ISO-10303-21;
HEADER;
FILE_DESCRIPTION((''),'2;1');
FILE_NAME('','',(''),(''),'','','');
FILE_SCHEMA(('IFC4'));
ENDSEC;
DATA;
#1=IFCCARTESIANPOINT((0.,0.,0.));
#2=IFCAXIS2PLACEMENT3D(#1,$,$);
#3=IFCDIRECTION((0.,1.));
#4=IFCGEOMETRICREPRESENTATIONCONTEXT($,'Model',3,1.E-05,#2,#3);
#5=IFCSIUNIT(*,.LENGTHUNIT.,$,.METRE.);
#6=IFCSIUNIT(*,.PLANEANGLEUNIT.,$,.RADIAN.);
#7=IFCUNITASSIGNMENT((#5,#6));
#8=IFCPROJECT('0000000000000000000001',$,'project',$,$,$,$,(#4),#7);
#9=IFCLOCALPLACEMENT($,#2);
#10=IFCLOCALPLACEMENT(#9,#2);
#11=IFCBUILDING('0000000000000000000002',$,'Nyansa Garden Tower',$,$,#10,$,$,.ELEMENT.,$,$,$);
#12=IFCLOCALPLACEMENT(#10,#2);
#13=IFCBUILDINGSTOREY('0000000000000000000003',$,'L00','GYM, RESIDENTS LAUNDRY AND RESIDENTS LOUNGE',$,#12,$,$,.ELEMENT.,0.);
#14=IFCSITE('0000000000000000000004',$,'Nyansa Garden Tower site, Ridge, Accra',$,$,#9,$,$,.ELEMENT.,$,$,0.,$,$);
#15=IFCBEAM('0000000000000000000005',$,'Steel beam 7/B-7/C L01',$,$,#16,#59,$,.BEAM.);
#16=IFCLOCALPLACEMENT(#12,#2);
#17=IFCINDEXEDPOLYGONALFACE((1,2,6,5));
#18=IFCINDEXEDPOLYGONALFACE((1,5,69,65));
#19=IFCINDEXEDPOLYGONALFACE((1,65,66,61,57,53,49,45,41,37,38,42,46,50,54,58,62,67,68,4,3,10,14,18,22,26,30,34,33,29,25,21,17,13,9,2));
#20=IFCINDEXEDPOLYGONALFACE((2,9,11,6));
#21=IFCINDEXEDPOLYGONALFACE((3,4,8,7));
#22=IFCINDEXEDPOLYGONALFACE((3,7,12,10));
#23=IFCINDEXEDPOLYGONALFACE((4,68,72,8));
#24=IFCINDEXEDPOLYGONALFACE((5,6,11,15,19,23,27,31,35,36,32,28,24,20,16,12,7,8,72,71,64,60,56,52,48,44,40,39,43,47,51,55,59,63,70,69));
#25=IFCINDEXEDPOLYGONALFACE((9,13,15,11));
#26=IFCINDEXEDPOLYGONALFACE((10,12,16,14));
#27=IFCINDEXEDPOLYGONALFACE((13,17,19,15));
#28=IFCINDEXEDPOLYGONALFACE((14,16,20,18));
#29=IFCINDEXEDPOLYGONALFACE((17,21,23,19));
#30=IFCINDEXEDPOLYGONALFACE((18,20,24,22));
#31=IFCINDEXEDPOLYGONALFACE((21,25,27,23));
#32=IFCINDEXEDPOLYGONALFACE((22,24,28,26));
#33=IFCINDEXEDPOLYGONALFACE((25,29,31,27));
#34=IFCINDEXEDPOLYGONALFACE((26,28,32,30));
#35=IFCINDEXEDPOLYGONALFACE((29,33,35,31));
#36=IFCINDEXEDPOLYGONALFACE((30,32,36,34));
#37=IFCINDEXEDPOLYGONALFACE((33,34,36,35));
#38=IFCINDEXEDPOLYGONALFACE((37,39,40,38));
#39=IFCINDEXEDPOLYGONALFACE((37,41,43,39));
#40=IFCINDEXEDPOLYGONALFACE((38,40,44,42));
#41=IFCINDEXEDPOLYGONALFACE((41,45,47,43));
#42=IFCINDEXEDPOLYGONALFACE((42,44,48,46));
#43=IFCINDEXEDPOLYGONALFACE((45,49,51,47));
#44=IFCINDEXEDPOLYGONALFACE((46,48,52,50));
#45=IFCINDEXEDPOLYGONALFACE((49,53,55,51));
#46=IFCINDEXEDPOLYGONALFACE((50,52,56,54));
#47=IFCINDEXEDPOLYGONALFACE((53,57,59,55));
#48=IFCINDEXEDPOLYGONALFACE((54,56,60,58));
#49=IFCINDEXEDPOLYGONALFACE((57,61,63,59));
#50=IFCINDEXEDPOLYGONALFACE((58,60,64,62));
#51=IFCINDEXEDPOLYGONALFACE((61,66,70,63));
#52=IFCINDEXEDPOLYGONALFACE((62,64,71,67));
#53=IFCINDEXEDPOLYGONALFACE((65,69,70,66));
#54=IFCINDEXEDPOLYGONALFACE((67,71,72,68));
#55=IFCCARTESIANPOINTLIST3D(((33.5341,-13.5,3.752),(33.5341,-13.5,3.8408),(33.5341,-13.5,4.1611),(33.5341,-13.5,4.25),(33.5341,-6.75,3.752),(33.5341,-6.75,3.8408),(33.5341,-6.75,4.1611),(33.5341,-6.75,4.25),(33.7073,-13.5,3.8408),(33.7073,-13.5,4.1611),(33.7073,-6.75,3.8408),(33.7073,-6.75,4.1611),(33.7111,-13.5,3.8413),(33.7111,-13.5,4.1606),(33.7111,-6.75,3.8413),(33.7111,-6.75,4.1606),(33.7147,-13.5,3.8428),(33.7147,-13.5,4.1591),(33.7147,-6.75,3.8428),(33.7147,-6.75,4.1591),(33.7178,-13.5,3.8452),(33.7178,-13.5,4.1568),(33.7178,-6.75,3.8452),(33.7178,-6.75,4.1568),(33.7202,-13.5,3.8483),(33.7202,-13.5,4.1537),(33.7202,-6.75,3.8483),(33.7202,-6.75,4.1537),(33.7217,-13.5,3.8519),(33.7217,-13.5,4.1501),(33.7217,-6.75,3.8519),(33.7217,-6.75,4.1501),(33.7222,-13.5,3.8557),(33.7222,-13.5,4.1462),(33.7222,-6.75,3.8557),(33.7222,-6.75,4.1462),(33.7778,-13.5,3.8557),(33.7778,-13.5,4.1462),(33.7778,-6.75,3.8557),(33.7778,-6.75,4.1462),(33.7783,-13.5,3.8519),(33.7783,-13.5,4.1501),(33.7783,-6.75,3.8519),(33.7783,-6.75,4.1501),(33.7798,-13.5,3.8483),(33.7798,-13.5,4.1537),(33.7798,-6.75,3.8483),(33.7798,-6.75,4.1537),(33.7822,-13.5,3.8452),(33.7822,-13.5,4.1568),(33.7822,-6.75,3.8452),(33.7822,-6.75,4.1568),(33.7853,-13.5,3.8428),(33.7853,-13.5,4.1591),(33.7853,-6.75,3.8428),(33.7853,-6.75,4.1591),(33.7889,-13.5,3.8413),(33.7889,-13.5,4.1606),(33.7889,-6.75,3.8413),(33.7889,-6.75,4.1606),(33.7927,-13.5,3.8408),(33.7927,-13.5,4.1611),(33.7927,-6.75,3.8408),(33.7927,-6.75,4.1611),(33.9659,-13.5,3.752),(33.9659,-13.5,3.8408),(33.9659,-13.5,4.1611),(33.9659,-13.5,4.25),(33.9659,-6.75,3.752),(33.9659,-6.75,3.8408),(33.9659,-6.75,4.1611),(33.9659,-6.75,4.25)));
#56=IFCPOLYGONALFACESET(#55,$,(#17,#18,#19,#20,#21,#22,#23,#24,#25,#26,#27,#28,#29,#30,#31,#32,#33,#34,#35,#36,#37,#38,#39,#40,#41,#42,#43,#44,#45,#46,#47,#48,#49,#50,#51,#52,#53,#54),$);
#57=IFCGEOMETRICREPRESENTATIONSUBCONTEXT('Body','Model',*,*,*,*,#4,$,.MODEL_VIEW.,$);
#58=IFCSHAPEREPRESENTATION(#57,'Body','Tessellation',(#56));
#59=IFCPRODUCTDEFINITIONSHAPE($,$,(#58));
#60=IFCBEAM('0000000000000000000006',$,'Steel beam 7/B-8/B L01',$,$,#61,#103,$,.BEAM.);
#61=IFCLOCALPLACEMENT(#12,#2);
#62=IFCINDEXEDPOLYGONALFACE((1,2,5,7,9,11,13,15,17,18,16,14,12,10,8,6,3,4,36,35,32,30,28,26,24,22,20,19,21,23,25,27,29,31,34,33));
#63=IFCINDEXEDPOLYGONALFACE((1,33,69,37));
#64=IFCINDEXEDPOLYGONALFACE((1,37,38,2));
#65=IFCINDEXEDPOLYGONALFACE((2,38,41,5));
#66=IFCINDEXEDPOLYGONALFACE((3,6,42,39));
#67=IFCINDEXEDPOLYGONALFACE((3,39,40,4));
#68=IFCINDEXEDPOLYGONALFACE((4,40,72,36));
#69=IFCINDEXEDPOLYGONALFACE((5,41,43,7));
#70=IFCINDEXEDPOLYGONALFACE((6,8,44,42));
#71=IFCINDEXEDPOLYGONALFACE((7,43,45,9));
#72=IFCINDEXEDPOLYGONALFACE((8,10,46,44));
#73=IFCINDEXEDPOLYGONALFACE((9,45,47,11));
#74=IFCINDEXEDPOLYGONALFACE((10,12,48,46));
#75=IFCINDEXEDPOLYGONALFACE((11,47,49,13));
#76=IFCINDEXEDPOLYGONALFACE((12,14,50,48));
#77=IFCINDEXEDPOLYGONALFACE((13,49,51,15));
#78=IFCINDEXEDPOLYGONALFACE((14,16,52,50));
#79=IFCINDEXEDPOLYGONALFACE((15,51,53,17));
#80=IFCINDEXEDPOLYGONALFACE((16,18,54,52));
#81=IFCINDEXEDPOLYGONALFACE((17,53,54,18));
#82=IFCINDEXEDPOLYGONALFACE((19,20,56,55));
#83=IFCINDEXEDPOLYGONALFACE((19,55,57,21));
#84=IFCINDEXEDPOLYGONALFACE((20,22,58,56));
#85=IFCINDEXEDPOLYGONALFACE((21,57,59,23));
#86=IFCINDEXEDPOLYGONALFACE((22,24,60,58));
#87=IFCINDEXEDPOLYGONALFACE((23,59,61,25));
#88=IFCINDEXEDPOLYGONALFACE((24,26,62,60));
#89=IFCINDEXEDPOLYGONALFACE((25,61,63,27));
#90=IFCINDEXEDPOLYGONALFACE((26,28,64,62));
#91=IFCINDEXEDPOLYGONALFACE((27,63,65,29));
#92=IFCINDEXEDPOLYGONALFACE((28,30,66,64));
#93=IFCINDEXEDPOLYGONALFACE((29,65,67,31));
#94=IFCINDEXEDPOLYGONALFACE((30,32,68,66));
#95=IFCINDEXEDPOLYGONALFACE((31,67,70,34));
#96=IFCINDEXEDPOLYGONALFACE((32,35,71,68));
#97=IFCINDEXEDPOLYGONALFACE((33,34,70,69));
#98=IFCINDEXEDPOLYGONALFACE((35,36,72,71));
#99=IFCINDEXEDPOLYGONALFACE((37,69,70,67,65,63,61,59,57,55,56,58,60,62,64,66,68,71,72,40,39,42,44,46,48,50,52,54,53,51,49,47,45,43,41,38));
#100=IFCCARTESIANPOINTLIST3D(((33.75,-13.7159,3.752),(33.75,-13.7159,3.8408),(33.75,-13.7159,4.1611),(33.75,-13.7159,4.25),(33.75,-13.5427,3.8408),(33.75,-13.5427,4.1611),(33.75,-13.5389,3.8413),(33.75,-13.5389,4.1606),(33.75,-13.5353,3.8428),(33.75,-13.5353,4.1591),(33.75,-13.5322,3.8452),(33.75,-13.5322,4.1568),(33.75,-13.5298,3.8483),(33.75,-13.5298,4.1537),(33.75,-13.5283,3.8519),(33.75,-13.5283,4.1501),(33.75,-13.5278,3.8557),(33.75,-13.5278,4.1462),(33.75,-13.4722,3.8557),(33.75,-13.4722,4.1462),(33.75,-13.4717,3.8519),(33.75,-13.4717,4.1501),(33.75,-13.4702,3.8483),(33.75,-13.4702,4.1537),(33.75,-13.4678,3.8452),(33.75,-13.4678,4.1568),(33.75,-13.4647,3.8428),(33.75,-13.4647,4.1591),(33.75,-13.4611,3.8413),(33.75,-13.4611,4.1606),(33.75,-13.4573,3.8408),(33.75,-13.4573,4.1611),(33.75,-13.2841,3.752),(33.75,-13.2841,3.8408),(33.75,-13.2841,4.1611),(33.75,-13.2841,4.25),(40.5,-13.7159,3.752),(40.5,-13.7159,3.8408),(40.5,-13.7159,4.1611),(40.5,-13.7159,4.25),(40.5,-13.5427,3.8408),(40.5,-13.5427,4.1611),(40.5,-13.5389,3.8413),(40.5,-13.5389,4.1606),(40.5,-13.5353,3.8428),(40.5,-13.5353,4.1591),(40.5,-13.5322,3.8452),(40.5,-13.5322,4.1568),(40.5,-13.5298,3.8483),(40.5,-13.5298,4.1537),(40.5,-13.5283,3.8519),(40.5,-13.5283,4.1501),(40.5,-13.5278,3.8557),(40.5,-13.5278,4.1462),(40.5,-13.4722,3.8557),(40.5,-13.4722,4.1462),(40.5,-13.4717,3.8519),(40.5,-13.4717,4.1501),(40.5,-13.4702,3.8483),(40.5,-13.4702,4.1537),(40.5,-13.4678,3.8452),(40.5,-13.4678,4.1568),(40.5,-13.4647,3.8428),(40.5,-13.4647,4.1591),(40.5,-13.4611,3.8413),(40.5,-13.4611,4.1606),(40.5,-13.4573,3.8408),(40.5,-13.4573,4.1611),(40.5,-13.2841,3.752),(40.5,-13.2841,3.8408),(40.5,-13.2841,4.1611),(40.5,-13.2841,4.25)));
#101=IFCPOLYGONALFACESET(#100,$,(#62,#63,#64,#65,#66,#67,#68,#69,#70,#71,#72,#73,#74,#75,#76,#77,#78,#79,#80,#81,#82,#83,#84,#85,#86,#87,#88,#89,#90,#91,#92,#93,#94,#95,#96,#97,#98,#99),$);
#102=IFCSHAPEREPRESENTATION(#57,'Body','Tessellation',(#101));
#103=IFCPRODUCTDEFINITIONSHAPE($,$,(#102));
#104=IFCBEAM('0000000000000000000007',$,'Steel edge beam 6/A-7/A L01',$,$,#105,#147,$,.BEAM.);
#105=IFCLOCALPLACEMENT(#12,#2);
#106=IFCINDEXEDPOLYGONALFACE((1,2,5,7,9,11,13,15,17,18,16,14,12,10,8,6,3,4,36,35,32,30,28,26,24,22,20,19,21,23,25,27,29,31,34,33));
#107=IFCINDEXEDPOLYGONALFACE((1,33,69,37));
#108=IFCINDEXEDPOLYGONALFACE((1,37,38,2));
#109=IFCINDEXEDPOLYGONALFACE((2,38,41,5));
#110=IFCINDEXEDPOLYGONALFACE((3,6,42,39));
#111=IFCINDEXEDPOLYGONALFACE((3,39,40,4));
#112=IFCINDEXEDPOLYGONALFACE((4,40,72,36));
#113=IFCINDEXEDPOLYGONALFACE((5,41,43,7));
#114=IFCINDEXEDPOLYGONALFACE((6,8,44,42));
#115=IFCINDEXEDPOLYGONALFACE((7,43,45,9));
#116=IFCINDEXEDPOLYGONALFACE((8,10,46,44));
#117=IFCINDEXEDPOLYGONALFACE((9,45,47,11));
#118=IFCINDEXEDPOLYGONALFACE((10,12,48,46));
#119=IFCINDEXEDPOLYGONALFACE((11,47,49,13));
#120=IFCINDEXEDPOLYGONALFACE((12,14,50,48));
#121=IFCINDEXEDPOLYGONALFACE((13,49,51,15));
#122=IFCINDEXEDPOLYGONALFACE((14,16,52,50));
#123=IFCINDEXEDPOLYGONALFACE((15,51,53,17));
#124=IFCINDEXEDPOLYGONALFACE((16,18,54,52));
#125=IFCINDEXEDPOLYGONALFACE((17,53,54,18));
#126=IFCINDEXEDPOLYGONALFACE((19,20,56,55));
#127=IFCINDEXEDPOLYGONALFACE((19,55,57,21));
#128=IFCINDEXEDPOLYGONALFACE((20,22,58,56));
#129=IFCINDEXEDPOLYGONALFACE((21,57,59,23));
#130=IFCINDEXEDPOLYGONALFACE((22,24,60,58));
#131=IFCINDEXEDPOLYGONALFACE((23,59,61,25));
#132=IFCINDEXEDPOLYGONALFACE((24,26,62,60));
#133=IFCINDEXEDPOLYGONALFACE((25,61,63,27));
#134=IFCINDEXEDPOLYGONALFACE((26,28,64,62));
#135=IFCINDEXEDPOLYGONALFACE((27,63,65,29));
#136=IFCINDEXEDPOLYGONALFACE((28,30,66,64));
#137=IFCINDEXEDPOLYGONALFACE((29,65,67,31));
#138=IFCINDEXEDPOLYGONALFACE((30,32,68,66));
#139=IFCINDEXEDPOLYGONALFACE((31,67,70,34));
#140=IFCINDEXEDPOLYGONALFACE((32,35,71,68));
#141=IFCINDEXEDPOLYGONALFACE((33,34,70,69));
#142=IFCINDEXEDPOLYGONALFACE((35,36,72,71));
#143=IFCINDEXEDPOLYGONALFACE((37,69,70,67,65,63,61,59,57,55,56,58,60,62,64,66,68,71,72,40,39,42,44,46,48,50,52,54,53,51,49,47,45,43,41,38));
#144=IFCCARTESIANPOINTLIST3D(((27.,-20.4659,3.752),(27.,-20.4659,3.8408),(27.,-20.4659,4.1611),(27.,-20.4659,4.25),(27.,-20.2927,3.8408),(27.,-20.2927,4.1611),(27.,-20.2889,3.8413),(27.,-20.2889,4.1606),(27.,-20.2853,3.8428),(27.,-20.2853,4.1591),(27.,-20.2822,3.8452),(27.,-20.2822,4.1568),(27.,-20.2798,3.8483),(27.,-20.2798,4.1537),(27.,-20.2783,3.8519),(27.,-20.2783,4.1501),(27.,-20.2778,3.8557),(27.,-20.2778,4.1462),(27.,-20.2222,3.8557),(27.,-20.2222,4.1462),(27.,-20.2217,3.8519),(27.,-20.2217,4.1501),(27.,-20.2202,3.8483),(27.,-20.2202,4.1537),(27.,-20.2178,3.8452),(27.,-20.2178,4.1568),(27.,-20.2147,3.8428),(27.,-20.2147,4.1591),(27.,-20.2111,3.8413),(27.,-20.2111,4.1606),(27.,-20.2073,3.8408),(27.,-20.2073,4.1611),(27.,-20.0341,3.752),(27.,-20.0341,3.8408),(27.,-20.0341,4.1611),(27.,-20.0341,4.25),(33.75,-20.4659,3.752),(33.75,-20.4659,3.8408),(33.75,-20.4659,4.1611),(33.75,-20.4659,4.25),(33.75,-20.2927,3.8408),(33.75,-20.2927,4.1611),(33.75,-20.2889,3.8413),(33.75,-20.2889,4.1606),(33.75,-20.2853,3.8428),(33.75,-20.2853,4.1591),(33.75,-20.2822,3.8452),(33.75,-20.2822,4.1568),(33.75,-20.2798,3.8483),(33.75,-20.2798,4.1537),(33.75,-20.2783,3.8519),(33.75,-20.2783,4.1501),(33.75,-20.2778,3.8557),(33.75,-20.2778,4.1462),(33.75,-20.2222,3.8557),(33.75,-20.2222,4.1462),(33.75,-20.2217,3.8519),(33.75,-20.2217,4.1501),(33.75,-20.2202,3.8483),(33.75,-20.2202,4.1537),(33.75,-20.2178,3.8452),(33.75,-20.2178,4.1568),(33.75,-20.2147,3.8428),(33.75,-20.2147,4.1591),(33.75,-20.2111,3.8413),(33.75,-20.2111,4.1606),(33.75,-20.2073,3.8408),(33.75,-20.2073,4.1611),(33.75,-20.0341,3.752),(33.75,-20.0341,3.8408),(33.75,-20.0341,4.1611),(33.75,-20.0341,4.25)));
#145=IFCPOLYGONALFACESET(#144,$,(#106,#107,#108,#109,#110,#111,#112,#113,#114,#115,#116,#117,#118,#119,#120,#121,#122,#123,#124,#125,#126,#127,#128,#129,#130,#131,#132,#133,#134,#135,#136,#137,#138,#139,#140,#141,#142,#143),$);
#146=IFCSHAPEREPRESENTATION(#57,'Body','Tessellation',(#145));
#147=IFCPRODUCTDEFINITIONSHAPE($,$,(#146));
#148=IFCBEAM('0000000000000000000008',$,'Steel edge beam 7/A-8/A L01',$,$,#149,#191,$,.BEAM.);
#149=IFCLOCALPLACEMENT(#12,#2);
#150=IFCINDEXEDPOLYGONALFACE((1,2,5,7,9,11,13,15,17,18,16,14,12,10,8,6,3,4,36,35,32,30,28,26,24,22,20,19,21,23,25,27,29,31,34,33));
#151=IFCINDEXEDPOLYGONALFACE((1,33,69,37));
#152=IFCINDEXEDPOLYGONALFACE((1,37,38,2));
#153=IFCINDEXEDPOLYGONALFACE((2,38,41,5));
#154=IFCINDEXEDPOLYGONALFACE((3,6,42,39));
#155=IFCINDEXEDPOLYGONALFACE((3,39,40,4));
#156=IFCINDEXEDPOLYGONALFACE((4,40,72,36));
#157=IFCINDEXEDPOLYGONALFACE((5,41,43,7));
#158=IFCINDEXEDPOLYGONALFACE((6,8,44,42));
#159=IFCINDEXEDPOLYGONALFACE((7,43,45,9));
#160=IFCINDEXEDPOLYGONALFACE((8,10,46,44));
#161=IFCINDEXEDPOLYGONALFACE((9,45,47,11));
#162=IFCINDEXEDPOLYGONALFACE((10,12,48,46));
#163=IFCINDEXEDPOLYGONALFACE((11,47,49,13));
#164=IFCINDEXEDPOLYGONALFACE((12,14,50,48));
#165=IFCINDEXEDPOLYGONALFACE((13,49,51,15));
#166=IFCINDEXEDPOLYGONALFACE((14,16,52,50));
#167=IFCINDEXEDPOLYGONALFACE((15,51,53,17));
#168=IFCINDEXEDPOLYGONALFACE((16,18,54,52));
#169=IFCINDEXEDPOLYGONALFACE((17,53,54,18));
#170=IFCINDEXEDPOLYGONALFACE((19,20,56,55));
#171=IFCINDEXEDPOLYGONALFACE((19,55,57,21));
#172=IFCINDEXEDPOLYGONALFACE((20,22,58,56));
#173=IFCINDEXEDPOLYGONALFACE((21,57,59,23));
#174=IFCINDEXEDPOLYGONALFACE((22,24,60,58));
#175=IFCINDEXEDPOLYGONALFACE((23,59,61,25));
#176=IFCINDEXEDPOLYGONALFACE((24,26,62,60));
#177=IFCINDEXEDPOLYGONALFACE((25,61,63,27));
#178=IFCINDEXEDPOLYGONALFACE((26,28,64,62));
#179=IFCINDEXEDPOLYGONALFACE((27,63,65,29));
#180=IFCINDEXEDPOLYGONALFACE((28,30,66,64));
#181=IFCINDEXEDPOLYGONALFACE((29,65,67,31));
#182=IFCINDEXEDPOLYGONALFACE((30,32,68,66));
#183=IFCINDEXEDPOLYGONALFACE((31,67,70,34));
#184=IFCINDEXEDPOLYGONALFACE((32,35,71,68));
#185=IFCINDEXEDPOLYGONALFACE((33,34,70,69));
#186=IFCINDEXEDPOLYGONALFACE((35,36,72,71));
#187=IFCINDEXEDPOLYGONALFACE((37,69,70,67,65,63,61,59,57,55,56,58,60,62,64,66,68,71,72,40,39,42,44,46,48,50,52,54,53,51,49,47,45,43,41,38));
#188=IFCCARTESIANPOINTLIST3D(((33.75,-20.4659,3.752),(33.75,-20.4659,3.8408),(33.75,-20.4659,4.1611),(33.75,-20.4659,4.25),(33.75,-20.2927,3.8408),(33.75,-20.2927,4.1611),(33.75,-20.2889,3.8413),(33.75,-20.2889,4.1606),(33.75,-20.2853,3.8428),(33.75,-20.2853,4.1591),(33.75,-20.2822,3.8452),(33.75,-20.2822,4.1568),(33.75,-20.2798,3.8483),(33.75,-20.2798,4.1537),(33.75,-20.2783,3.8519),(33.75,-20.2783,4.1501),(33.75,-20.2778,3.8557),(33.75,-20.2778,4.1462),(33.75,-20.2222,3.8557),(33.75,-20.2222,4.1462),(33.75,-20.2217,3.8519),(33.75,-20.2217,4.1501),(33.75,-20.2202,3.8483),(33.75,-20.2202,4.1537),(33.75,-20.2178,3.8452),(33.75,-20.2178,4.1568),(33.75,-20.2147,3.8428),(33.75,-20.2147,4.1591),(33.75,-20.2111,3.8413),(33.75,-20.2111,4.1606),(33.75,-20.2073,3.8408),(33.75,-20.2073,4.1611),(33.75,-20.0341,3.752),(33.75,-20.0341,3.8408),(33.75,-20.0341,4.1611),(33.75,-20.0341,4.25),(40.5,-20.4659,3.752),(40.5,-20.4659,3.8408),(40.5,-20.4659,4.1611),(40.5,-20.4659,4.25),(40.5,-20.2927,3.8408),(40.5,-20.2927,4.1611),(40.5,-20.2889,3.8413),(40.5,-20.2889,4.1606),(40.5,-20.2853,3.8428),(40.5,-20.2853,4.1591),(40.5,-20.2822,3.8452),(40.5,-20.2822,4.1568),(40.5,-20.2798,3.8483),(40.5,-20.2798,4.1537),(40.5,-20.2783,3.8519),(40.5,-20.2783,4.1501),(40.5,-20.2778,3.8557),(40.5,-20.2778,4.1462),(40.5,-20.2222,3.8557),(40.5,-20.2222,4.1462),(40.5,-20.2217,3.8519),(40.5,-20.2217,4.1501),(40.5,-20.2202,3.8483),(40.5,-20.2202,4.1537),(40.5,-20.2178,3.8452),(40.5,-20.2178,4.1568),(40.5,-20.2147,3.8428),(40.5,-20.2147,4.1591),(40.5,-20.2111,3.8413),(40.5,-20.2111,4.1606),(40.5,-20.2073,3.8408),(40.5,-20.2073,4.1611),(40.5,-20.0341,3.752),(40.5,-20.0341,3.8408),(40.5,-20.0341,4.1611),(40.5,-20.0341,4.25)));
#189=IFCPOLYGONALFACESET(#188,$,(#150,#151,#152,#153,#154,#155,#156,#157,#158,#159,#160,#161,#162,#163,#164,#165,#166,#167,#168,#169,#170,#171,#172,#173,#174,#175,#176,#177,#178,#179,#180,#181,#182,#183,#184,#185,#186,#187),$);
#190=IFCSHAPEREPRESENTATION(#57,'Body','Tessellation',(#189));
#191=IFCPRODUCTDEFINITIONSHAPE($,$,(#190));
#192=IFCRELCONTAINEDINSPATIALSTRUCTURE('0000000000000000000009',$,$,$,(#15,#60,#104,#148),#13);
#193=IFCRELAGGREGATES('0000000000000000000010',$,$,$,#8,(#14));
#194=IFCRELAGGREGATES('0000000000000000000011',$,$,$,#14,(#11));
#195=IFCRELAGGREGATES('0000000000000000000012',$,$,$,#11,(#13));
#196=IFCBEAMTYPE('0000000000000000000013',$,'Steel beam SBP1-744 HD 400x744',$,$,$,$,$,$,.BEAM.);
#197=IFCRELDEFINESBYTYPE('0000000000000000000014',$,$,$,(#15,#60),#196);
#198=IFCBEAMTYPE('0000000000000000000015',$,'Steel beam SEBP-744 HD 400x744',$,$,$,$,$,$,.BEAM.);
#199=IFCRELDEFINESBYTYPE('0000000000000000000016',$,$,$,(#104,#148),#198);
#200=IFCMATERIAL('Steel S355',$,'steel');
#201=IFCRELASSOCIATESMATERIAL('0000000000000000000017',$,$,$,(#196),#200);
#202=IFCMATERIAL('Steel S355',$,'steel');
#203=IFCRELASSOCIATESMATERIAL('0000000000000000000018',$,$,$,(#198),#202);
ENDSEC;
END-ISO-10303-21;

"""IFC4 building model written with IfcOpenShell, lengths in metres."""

from ifc_helpers import new_model, si_unit, direction, frame, origin, origin_2d, place, context, subcontext, project, spatial, i_section, extrude, material, material_profile, profile_set, type_object, element, save


model = new_model("IFC4")

# Units and contexts
model_context = context("Model", 3, precision=1e-05, world=origin(), true_north=direction((0.0, 1.0)))
body_context = subcontext(model_context, "Body", "Model", "MODEL_VIEW")
ifc_project = project(units=[si_unit("LENGTHUNIT", "METRE"), si_unit("PLANEANGLEUNIT", "RADIAN")], contexts=[model_context])

# Site, building, storey
site_placement = place(None, origin())
site = spatial("IfcSite", under=ifc_project, at=site_placement, Name="Nyansa Garden Tower site, Ridge, Accra", CompositionType="ELEMENT", RefElevation=0.0)
building_placement = place(site_placement, origin())
building = spatial("IfcBuilding", under=site, at=building_placement, Name="Nyansa Garden Tower", CompositionType="ELEMENT")
storey_placement = place(building_placement, origin())
storey = spatial("IfcBuildingStorey", under=building, at=storey_placement, Name="L00", Description="GYM, RESIDENTS LAUNDRY AND RESIDENTS LOUNGE", CompositionType="ELEMENT", Elevation=0.0)

# Beams
ifc_material_1 = material(Name="Steel S355", Category="steel")
ifc_material_profile_1 = material_profile(ifc_material_1, i_section(OverallWidth=0.4319, OverallDepth=0.498, WebThickness=0.0557, FlangeThickness=0.0889, FilletRadius=0.0149, at=origin_2d()), Name="HD 400x744")
ifc_profile_set_1 = profile_set([ifc_material_profile_1], Name="Steel S355")
beam_type_1 = type_object("IfcBeamType", Name="Steel beam SBP1-744 HD 400x744", PredefinedType="BEAM", material=ifc_profile_set_1)
for number, where, z_axis, x_axis, name in (
    (1, (33.75, -13.5, 4.001), (0.0, 1.0, 0.0), (-1.0, 0.0, 0.0), "Steel beam 7/B-7/C L01"),
    (2, (33.75, -13.5, 4.001), (1.0, 0.0, 0.0), (0.0, 1.0, 0.0), "Steel beam 7/B-8/B L01"),
):
    element("IfcBeam", number, at=place(storey_placement, frame(where, z_axis=z_axis, x_axis=x_axis)), inside=storey, type_object=beam_type_1, Name=name, PredefinedType="BEAM", context=body_context, shape_type="SweptSolid", body=[
        extrude(i_section(OverallWidth=0.4319, OverallDepth=0.498, WebThickness=0.0557, FlangeThickness=0.0889, FilletRadius=0.0149, at=origin_2d()), origin(), (0.0, 0.0, 1.0), 6.75),
    ])
ifc_material_2 = material(Name="Steel S355", Category="steel")
ifc_material_profile_2 = material_profile(ifc_material_2, i_section(OverallWidth=0.4319, OverallDepth=0.498, WebThickness=0.0557, FlangeThickness=0.0889, FilletRadius=0.0149, at=origin_2d()), Name="HD 400x744")
ifc_profile_set_2 = profile_set([ifc_material_profile_2], Name="Steel S355")
beam_type_2 = type_object("IfcBeamType", Name="Steel beam SEBP-744 HD 400x744", PredefinedType="BEAM", material=ifc_profile_set_2)
for number, where, z_axis, x_axis, name in (
    (3, (27.0, -20.25, 4.001), (1.0, 0.0, 0.0), (0.0, 1.0, 0.0), "Steel edge beam 6/A-7/A L01"),
    (4, (33.75, -20.25, 4.001), (1.0, 0.0, 0.0), (0.0, 1.0, 0.0), "Steel edge beam 7/A-8/A L01"),
):
    element("IfcBeam", number, at=place(storey_placement, frame(where, z_axis=z_axis, x_axis=x_axis)), inside=storey, type_object=beam_type_2, Name=name, PredefinedType="BEAM", context=body_context, shape_type="SweptSolid", body=[
        extrude(i_section(OverallWidth=0.4319, OverallDepth=0.498, WebThickness=0.0557, FlangeThickness=0.0889, FilletRadius=0.0149, at=origin_2d()), origin(), (0.0, 0.0, 1.0), 6.75),
    ])

save(model, "model.ifc")
